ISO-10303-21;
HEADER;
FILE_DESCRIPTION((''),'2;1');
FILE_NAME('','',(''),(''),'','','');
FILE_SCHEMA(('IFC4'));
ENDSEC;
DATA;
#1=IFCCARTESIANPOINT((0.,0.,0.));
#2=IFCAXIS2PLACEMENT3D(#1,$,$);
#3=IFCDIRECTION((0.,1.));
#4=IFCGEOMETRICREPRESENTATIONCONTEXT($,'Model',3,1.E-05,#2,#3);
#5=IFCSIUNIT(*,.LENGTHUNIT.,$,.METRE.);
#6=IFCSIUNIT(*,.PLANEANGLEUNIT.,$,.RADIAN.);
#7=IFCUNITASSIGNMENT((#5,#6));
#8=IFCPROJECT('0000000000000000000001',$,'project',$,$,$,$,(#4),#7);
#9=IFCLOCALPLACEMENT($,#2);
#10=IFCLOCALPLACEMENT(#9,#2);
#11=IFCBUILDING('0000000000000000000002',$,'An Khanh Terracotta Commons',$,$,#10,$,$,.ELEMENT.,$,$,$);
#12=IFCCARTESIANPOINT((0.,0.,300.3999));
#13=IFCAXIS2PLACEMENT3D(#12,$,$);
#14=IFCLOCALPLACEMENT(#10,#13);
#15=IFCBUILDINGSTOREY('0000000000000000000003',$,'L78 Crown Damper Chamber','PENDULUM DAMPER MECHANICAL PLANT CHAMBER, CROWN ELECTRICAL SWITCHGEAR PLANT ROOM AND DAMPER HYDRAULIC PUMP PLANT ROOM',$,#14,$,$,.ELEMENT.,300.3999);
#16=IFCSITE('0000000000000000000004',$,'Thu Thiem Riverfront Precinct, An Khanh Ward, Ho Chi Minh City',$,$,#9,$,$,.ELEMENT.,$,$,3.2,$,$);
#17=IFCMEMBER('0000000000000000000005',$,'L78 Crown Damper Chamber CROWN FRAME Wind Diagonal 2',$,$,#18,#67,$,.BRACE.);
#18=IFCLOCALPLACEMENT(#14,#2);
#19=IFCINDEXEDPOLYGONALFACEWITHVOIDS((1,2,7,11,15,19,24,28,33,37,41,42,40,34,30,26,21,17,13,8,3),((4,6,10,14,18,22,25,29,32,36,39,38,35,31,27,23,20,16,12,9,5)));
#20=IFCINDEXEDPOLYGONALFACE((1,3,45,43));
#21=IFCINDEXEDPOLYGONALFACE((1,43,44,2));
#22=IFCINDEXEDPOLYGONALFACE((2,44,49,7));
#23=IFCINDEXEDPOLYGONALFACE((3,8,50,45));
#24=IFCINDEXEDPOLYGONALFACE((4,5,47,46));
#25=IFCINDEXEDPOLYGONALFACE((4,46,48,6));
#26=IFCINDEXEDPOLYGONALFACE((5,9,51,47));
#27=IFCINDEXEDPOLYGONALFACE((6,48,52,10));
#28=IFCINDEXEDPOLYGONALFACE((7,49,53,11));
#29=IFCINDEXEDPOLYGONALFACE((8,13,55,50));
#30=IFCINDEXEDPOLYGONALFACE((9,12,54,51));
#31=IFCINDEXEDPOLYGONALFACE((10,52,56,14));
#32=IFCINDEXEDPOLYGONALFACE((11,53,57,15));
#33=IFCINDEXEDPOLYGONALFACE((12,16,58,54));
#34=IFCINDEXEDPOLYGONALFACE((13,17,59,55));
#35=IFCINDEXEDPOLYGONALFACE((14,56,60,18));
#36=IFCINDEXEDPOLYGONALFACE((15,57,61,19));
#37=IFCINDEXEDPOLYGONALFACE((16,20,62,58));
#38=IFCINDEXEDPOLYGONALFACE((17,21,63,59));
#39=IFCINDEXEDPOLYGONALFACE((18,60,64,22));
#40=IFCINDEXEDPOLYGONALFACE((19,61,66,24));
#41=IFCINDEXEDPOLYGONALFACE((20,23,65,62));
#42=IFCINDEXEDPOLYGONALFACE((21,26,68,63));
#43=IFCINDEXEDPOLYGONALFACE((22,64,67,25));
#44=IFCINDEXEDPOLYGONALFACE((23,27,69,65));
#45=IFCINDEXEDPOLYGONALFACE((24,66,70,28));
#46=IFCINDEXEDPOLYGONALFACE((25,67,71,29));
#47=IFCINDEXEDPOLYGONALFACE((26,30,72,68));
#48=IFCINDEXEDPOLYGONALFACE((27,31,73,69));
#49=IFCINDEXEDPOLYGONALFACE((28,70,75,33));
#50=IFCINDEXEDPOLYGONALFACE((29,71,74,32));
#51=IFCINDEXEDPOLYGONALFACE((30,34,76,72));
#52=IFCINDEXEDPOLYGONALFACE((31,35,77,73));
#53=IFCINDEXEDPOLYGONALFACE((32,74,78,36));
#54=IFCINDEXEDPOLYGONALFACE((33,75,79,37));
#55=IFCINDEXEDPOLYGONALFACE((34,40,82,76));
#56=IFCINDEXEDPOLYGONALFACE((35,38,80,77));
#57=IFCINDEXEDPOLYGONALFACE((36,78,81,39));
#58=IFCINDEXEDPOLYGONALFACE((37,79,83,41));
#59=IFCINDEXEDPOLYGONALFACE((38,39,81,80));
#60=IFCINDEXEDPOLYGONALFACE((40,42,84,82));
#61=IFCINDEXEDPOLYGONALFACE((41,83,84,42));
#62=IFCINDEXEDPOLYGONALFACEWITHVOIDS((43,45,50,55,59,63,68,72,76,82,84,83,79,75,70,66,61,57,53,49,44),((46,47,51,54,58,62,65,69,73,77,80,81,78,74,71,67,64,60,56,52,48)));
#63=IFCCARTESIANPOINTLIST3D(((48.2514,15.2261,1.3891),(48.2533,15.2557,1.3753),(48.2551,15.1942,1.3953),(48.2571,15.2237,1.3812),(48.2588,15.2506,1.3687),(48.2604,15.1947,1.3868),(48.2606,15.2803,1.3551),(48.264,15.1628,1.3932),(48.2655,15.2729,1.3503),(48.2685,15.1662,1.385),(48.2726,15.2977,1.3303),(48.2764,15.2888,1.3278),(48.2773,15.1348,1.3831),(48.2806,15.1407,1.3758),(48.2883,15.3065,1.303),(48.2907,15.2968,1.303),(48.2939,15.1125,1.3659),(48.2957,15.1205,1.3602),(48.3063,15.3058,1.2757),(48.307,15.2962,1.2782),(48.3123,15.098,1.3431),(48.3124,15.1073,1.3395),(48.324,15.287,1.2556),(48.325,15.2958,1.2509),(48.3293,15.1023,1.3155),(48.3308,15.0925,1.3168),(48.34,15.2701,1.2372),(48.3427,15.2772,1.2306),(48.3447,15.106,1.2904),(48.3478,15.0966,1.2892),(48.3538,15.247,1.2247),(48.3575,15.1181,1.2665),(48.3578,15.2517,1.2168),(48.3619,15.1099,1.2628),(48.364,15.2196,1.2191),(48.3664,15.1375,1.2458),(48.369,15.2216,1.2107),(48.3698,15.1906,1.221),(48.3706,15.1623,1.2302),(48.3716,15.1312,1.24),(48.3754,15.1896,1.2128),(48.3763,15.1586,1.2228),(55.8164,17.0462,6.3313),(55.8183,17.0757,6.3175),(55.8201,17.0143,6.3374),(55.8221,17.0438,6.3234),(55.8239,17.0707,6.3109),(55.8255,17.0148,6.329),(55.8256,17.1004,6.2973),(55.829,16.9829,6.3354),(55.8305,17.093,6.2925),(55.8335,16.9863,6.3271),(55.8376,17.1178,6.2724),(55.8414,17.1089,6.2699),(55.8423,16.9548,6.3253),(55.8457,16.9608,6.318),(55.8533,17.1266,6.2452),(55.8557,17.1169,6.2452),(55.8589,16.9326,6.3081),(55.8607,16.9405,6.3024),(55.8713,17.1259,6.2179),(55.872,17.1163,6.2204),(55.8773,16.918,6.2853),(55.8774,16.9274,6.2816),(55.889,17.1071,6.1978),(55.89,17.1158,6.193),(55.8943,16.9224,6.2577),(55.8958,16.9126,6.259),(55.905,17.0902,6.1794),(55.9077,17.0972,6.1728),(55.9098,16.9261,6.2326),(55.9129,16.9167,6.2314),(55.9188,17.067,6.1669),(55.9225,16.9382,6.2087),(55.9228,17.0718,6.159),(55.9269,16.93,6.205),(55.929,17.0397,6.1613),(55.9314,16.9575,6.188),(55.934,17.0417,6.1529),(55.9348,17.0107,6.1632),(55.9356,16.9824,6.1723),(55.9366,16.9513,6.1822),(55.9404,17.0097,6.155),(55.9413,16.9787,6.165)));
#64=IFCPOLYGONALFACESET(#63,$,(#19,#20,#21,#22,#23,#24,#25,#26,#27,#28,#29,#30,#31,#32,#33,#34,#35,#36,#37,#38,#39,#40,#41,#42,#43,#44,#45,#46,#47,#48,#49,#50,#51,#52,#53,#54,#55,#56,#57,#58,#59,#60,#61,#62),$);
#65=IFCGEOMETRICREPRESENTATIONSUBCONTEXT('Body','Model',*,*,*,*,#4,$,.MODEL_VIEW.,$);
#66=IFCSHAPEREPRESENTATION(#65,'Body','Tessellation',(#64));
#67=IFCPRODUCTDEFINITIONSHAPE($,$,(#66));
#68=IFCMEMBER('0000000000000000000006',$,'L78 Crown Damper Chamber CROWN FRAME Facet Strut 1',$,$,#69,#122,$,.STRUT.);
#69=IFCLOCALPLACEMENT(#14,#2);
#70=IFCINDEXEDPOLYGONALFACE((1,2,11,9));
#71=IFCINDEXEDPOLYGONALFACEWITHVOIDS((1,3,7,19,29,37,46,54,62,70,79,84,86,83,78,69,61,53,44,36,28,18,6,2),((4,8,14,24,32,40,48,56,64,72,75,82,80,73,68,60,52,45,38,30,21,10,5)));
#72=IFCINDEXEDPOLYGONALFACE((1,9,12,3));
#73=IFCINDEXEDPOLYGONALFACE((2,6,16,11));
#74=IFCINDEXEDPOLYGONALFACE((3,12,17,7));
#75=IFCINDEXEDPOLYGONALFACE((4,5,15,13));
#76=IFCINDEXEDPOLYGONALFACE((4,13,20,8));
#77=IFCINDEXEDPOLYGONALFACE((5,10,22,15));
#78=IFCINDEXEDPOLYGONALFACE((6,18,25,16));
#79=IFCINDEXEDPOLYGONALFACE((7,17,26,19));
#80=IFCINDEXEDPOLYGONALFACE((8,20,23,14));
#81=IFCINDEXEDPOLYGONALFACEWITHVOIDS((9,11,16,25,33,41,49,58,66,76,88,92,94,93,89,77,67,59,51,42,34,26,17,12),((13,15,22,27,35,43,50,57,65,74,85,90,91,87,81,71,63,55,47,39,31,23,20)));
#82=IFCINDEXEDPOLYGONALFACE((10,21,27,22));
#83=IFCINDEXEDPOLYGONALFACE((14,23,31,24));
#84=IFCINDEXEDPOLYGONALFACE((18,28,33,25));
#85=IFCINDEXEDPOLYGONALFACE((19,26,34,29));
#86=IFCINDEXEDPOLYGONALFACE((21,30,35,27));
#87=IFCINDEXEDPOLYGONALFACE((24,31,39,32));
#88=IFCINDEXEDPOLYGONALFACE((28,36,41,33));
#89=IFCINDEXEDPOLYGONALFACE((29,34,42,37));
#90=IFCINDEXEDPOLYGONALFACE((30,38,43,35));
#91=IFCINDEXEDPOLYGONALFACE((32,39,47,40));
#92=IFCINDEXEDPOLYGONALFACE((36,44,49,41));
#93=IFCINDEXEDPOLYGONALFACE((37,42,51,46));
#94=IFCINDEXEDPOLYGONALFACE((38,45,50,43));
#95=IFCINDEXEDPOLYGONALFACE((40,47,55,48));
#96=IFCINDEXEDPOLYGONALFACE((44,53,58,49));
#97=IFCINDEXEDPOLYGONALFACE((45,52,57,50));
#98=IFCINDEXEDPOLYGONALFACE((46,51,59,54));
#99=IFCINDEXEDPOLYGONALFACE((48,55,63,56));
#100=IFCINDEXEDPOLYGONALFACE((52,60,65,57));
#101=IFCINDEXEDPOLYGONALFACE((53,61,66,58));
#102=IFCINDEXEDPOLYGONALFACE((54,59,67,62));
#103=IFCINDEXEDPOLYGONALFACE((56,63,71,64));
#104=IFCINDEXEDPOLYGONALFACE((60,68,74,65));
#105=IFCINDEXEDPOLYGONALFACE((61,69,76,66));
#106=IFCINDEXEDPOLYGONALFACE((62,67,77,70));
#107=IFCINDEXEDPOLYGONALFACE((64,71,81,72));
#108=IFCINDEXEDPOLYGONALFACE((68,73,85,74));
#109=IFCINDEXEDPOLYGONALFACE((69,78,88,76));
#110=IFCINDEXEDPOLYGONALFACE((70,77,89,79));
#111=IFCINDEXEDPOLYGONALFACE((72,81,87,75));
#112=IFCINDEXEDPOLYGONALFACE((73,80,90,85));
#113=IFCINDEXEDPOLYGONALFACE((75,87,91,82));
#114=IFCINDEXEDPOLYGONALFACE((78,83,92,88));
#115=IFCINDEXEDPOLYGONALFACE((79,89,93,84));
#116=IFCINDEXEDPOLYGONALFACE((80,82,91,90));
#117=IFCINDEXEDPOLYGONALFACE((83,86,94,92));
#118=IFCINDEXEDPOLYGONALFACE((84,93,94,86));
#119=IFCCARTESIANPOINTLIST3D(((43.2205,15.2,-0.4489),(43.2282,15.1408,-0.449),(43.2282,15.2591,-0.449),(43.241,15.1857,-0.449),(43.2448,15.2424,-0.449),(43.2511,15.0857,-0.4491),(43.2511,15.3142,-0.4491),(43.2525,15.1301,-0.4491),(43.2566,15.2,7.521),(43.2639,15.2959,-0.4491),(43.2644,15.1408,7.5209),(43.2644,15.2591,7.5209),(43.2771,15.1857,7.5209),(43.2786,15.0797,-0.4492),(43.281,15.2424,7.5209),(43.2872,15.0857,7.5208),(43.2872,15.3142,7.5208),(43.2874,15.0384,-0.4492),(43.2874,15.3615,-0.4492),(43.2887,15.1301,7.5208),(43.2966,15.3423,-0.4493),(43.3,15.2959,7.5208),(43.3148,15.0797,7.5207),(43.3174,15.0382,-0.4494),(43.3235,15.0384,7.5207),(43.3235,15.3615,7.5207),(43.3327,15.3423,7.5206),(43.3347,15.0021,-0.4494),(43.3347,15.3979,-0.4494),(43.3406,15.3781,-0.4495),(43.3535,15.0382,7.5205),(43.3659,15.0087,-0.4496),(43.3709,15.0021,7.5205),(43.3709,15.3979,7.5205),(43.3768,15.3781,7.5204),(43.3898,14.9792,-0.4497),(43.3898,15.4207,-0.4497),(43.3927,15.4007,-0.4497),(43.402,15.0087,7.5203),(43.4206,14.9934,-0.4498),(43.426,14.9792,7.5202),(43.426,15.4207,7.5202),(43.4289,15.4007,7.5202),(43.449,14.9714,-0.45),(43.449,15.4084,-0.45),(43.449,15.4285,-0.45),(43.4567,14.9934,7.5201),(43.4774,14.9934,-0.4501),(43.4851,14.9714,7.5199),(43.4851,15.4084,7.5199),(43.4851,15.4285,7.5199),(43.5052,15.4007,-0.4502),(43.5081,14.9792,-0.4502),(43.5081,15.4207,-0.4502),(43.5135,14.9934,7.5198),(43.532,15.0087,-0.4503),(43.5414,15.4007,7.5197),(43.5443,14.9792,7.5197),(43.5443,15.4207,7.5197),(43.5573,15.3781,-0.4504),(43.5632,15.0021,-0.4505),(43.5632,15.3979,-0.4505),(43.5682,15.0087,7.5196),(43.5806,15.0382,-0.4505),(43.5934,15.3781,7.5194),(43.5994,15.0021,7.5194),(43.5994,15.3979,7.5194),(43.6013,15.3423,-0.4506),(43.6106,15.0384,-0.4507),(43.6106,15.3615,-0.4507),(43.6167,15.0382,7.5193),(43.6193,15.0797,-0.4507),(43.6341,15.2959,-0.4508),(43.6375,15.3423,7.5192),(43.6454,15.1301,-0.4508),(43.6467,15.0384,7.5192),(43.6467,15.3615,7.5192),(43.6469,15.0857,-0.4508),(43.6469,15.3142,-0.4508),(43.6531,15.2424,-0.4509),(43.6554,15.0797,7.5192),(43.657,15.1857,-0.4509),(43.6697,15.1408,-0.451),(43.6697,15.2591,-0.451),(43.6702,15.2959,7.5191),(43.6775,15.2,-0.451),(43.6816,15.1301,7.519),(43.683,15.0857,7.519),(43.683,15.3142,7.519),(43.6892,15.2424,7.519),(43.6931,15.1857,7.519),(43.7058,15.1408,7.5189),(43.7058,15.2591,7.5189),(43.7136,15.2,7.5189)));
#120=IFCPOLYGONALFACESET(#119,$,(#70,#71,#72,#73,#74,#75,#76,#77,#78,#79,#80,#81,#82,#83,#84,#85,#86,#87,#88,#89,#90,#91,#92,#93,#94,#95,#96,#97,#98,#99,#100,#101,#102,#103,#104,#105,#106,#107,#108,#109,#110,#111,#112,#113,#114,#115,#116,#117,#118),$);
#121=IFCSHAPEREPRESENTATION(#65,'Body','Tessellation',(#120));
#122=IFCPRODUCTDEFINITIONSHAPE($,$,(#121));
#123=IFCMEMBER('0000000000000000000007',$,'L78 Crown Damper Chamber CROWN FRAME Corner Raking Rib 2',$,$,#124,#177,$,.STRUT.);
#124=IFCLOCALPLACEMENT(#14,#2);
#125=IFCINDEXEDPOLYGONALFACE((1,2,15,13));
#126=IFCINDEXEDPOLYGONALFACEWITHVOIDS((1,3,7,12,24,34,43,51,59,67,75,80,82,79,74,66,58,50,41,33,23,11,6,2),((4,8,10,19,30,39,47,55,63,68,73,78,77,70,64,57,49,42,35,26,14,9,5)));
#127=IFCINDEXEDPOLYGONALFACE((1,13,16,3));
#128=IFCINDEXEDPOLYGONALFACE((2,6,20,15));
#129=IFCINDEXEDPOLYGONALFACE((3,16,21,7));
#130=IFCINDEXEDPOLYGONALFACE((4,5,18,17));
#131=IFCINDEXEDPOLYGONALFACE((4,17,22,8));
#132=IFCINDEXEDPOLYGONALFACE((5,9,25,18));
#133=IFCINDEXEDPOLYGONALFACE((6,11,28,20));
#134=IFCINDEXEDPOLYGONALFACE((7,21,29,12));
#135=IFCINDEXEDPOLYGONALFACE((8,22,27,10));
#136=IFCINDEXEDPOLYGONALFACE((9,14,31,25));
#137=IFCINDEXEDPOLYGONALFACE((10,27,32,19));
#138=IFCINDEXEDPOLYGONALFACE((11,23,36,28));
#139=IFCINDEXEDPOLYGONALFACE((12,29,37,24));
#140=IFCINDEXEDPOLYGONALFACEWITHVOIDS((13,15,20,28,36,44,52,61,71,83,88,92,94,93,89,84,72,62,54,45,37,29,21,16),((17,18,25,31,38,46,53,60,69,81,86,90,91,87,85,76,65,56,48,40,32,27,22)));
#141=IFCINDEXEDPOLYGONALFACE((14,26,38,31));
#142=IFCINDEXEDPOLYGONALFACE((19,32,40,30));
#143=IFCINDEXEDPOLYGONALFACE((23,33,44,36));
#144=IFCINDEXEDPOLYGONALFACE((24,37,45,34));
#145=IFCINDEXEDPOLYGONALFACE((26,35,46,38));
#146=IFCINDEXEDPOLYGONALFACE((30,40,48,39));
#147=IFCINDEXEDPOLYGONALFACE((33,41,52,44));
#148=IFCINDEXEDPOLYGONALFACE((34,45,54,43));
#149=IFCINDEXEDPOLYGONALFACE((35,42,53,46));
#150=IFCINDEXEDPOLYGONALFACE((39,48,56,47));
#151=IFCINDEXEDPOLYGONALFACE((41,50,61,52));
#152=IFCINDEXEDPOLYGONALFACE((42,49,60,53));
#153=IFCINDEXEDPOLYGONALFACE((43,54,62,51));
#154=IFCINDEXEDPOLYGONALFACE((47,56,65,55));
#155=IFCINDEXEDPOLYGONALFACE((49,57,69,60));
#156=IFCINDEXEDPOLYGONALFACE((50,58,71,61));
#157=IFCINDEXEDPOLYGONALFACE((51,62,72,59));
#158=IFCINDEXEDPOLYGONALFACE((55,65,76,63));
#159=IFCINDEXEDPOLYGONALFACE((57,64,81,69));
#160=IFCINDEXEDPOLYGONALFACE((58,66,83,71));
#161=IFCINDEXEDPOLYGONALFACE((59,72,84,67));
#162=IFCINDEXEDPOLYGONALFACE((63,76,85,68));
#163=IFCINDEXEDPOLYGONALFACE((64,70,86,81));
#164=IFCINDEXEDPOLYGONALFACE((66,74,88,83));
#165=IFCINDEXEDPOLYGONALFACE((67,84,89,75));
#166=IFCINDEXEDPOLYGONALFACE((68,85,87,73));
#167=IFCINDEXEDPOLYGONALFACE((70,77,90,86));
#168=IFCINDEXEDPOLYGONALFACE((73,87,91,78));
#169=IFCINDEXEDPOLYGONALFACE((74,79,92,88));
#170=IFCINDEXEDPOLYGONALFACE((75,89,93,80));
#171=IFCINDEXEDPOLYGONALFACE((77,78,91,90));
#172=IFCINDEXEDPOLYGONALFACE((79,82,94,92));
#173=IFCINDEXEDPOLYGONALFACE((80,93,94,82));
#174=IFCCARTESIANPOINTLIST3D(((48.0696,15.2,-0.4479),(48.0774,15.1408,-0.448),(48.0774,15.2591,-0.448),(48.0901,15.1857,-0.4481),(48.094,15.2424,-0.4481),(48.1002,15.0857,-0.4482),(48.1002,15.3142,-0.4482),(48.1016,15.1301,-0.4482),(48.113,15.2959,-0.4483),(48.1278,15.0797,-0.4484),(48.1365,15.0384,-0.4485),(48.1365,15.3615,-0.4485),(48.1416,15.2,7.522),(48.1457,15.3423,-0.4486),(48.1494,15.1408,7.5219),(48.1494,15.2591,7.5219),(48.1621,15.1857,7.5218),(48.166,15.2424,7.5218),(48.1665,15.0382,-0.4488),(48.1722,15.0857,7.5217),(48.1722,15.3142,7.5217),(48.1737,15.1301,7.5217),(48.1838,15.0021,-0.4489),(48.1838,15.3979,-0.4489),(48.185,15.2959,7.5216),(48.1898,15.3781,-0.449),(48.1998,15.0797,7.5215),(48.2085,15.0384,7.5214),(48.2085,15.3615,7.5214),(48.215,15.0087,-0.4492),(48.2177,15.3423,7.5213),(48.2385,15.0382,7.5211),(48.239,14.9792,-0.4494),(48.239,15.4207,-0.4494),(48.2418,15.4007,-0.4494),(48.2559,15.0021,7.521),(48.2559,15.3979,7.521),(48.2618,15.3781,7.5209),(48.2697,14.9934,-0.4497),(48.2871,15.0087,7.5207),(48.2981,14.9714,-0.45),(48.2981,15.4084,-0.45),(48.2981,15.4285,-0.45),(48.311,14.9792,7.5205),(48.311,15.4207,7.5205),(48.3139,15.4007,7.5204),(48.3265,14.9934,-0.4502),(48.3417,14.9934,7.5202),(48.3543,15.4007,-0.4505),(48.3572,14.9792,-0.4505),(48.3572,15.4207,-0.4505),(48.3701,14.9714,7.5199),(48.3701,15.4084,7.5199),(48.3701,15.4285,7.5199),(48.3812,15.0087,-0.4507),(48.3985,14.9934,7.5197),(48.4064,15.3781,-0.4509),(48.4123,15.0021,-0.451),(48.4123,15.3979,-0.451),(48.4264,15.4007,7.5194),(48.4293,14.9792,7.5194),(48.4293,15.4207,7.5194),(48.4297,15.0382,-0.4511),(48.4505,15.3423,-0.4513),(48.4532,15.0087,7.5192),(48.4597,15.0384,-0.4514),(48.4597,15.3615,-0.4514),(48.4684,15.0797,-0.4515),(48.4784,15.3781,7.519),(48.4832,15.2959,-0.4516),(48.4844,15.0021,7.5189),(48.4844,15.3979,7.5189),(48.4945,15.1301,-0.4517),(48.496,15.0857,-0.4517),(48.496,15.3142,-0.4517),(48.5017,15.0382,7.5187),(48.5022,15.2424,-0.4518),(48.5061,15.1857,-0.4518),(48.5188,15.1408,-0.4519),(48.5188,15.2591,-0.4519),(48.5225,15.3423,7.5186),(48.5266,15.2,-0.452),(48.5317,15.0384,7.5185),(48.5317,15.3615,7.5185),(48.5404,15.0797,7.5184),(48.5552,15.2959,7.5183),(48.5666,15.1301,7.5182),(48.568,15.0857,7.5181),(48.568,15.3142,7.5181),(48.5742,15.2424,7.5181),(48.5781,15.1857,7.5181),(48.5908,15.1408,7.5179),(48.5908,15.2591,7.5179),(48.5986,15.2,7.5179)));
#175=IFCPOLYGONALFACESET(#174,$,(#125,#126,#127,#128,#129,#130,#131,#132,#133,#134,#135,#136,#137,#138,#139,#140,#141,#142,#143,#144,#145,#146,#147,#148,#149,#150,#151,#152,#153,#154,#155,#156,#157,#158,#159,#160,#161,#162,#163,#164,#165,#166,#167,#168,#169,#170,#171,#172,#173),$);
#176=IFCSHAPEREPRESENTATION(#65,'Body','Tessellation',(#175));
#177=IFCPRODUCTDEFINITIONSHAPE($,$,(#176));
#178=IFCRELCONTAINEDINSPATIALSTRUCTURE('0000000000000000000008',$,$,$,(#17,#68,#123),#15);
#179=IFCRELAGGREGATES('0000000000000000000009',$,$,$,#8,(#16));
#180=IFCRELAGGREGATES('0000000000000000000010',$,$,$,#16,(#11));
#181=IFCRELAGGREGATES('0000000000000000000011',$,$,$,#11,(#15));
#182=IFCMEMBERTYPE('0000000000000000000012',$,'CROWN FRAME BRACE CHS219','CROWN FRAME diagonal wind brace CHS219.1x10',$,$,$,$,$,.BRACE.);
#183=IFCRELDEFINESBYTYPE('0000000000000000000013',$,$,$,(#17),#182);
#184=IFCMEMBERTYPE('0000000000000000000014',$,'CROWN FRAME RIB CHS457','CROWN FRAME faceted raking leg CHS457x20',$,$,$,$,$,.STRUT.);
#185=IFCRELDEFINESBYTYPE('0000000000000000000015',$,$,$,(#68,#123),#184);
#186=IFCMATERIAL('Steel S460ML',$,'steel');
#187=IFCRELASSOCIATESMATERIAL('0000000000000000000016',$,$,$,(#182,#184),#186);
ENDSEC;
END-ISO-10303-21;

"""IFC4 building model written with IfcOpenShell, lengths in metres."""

from ifc_helpers import new_model, si_unit, direction, frame, origin, origin_2d, place, context, subcontext, project, spatial, hollow_circle, extrude, material, material_profile, profile_set, type_object, element, save


model = new_model("IFC4")

# Units and contexts
model_context = context("Model", 3, precision=1e-05, world=origin(), true_north=direction((0.0, 1.0)))
body_context = subcontext(model_context, "Body", "Model", "MODEL_VIEW")
ifc_project = project(units=[si_unit("LENGTHUNIT", "METRE"), si_unit("PLANEANGLEUNIT", "RADIAN")], contexts=[model_context])

# Site, building, storey
site_placement = place(None, origin())
site = spatial("IfcSite", under=ifc_project, at=site_placement, Name="Thu Thiem Riverfront Precinct, An Khanh Ward, Ho Chi Minh City", CompositionType="ELEMENT", RefElevation=3.2)
building_placement = place(site_placement, origin())
building = spatial("IfcBuilding", under=site, at=building_placement, Name="An Khanh Terracotta Commons", CompositionType="ELEMENT")
storey_placement = place(building_placement, frame((0.0, 0.0, 300.3999)))
storey = spatial("IfcBuildingStorey", under=building, at=storey_placement, Name="L78 Crown Damper Chamber", Description="PENDULUM DAMPER MECHANICAL PLANT CHAMBER, CROWN ELECTRICAL SWITCHGEAR PLANT ROOM AND DAMPER HYDRAULIC PUMP PLANT ROOM", CompositionType="ELEMENT", Elevation=300.3999)

# Members
ifc_material_1 = material(Name="Steel S460ML", Category="steel")
ifc_material_profile_1 = material_profile(ifc_material_1, hollow_circle(Radius=0.1096, WallThickness=0.01, at=origin_2d()), Name="CHS219.1x10")
ifc_profile_set_1 = profile_set([ifc_material_profile_1], Name="Steel S460ML")
member_type_1 = type_object("IfcMemberType", Name="CROWN FRAME BRACE CHS219", Description="CROWN FRAME diagonal wind brace CHS219.1x10", PredefinedType="BRACE", material=ifc_profile_set_1)
member_1_placement = place(storey_placement, frame((48.314, 15.2, 1.303), z_axis=(0.820699, 0.197454, 0.536158), x_axis=(-0.233918, 0.972256, 0.0)))
element("IfcMember", 1, at=member_1_placement, inside=storey, type_object=member_type_1, Name="L78 Crown Damper Chamber CROWN FRAME Wind Diagonal 2", PredefinedType="BRACE", context=body_context, shape_type="SweptSolid", body=[
    extrude(hollow_circle(Radius=0.1096, WallThickness=0.01, at=origin_2d()), origin(), (0.0, 0.0, 1.0), 9.2178),
])
ifc_material_profile_2 = material_profile(ifc_material_1, hollow_circle(Radius=0.2285, WallThickness=0.02, at=origin_2d()), Name="CHS457x20")
ifc_profile_set_2 = profile_set([ifc_material_profile_2], Name="Steel S460ML")
member_type_2 = type_object("IfcMemberType", Name="CROWN FRAME RIB CHS457", Description="CROWN FRAME faceted raking leg CHS457x20", PredefinedType="STRUT", material=ifc_profile_set_2)
member_2_placement = place(storey_placement, frame((43.449, 15.2, -0.45), z_axis=(0.004534, 0.0, 0.99999), x_axis=(0.0, 1.0, 0.0)))
element("IfcMember", 2, at=member_2_placement, inside=storey, type_object=member_type_2, Name="L78 Crown Damper Chamber CROWN FRAME Facet Strut 1", PredefinedType="STRUT", context=body_context, shape_type="SweptSolid", body=[
    extrude(hollow_circle(Radius=0.2285, WallThickness=0.02, at=origin_2d()), origin(), (0.0, 0.0, 1.0), 7.97),
])
member_3_placement = place(storey_placement, frame((48.2981, 15.2, -0.45), z_axis=(0.009036, 0.0, 0.999959), x_axis=(0.0, 1.0, 0.0)))
element("IfcMember", 3, at=member_3_placement, inside=storey, type_object=member_type_2, Name="L78 Crown Damper Chamber CROWN FRAME Corner Raking Rib 2", PredefinedType="STRUT", context=body_context, shape_type="SweptSolid", body=[
    extrude(hollow_circle(Radius=0.2285, WallThickness=0.02, at=origin_2d()), origin(), (0.0, 0.0, 1.0), 7.9702),
])

save(model, "model.ifc")
